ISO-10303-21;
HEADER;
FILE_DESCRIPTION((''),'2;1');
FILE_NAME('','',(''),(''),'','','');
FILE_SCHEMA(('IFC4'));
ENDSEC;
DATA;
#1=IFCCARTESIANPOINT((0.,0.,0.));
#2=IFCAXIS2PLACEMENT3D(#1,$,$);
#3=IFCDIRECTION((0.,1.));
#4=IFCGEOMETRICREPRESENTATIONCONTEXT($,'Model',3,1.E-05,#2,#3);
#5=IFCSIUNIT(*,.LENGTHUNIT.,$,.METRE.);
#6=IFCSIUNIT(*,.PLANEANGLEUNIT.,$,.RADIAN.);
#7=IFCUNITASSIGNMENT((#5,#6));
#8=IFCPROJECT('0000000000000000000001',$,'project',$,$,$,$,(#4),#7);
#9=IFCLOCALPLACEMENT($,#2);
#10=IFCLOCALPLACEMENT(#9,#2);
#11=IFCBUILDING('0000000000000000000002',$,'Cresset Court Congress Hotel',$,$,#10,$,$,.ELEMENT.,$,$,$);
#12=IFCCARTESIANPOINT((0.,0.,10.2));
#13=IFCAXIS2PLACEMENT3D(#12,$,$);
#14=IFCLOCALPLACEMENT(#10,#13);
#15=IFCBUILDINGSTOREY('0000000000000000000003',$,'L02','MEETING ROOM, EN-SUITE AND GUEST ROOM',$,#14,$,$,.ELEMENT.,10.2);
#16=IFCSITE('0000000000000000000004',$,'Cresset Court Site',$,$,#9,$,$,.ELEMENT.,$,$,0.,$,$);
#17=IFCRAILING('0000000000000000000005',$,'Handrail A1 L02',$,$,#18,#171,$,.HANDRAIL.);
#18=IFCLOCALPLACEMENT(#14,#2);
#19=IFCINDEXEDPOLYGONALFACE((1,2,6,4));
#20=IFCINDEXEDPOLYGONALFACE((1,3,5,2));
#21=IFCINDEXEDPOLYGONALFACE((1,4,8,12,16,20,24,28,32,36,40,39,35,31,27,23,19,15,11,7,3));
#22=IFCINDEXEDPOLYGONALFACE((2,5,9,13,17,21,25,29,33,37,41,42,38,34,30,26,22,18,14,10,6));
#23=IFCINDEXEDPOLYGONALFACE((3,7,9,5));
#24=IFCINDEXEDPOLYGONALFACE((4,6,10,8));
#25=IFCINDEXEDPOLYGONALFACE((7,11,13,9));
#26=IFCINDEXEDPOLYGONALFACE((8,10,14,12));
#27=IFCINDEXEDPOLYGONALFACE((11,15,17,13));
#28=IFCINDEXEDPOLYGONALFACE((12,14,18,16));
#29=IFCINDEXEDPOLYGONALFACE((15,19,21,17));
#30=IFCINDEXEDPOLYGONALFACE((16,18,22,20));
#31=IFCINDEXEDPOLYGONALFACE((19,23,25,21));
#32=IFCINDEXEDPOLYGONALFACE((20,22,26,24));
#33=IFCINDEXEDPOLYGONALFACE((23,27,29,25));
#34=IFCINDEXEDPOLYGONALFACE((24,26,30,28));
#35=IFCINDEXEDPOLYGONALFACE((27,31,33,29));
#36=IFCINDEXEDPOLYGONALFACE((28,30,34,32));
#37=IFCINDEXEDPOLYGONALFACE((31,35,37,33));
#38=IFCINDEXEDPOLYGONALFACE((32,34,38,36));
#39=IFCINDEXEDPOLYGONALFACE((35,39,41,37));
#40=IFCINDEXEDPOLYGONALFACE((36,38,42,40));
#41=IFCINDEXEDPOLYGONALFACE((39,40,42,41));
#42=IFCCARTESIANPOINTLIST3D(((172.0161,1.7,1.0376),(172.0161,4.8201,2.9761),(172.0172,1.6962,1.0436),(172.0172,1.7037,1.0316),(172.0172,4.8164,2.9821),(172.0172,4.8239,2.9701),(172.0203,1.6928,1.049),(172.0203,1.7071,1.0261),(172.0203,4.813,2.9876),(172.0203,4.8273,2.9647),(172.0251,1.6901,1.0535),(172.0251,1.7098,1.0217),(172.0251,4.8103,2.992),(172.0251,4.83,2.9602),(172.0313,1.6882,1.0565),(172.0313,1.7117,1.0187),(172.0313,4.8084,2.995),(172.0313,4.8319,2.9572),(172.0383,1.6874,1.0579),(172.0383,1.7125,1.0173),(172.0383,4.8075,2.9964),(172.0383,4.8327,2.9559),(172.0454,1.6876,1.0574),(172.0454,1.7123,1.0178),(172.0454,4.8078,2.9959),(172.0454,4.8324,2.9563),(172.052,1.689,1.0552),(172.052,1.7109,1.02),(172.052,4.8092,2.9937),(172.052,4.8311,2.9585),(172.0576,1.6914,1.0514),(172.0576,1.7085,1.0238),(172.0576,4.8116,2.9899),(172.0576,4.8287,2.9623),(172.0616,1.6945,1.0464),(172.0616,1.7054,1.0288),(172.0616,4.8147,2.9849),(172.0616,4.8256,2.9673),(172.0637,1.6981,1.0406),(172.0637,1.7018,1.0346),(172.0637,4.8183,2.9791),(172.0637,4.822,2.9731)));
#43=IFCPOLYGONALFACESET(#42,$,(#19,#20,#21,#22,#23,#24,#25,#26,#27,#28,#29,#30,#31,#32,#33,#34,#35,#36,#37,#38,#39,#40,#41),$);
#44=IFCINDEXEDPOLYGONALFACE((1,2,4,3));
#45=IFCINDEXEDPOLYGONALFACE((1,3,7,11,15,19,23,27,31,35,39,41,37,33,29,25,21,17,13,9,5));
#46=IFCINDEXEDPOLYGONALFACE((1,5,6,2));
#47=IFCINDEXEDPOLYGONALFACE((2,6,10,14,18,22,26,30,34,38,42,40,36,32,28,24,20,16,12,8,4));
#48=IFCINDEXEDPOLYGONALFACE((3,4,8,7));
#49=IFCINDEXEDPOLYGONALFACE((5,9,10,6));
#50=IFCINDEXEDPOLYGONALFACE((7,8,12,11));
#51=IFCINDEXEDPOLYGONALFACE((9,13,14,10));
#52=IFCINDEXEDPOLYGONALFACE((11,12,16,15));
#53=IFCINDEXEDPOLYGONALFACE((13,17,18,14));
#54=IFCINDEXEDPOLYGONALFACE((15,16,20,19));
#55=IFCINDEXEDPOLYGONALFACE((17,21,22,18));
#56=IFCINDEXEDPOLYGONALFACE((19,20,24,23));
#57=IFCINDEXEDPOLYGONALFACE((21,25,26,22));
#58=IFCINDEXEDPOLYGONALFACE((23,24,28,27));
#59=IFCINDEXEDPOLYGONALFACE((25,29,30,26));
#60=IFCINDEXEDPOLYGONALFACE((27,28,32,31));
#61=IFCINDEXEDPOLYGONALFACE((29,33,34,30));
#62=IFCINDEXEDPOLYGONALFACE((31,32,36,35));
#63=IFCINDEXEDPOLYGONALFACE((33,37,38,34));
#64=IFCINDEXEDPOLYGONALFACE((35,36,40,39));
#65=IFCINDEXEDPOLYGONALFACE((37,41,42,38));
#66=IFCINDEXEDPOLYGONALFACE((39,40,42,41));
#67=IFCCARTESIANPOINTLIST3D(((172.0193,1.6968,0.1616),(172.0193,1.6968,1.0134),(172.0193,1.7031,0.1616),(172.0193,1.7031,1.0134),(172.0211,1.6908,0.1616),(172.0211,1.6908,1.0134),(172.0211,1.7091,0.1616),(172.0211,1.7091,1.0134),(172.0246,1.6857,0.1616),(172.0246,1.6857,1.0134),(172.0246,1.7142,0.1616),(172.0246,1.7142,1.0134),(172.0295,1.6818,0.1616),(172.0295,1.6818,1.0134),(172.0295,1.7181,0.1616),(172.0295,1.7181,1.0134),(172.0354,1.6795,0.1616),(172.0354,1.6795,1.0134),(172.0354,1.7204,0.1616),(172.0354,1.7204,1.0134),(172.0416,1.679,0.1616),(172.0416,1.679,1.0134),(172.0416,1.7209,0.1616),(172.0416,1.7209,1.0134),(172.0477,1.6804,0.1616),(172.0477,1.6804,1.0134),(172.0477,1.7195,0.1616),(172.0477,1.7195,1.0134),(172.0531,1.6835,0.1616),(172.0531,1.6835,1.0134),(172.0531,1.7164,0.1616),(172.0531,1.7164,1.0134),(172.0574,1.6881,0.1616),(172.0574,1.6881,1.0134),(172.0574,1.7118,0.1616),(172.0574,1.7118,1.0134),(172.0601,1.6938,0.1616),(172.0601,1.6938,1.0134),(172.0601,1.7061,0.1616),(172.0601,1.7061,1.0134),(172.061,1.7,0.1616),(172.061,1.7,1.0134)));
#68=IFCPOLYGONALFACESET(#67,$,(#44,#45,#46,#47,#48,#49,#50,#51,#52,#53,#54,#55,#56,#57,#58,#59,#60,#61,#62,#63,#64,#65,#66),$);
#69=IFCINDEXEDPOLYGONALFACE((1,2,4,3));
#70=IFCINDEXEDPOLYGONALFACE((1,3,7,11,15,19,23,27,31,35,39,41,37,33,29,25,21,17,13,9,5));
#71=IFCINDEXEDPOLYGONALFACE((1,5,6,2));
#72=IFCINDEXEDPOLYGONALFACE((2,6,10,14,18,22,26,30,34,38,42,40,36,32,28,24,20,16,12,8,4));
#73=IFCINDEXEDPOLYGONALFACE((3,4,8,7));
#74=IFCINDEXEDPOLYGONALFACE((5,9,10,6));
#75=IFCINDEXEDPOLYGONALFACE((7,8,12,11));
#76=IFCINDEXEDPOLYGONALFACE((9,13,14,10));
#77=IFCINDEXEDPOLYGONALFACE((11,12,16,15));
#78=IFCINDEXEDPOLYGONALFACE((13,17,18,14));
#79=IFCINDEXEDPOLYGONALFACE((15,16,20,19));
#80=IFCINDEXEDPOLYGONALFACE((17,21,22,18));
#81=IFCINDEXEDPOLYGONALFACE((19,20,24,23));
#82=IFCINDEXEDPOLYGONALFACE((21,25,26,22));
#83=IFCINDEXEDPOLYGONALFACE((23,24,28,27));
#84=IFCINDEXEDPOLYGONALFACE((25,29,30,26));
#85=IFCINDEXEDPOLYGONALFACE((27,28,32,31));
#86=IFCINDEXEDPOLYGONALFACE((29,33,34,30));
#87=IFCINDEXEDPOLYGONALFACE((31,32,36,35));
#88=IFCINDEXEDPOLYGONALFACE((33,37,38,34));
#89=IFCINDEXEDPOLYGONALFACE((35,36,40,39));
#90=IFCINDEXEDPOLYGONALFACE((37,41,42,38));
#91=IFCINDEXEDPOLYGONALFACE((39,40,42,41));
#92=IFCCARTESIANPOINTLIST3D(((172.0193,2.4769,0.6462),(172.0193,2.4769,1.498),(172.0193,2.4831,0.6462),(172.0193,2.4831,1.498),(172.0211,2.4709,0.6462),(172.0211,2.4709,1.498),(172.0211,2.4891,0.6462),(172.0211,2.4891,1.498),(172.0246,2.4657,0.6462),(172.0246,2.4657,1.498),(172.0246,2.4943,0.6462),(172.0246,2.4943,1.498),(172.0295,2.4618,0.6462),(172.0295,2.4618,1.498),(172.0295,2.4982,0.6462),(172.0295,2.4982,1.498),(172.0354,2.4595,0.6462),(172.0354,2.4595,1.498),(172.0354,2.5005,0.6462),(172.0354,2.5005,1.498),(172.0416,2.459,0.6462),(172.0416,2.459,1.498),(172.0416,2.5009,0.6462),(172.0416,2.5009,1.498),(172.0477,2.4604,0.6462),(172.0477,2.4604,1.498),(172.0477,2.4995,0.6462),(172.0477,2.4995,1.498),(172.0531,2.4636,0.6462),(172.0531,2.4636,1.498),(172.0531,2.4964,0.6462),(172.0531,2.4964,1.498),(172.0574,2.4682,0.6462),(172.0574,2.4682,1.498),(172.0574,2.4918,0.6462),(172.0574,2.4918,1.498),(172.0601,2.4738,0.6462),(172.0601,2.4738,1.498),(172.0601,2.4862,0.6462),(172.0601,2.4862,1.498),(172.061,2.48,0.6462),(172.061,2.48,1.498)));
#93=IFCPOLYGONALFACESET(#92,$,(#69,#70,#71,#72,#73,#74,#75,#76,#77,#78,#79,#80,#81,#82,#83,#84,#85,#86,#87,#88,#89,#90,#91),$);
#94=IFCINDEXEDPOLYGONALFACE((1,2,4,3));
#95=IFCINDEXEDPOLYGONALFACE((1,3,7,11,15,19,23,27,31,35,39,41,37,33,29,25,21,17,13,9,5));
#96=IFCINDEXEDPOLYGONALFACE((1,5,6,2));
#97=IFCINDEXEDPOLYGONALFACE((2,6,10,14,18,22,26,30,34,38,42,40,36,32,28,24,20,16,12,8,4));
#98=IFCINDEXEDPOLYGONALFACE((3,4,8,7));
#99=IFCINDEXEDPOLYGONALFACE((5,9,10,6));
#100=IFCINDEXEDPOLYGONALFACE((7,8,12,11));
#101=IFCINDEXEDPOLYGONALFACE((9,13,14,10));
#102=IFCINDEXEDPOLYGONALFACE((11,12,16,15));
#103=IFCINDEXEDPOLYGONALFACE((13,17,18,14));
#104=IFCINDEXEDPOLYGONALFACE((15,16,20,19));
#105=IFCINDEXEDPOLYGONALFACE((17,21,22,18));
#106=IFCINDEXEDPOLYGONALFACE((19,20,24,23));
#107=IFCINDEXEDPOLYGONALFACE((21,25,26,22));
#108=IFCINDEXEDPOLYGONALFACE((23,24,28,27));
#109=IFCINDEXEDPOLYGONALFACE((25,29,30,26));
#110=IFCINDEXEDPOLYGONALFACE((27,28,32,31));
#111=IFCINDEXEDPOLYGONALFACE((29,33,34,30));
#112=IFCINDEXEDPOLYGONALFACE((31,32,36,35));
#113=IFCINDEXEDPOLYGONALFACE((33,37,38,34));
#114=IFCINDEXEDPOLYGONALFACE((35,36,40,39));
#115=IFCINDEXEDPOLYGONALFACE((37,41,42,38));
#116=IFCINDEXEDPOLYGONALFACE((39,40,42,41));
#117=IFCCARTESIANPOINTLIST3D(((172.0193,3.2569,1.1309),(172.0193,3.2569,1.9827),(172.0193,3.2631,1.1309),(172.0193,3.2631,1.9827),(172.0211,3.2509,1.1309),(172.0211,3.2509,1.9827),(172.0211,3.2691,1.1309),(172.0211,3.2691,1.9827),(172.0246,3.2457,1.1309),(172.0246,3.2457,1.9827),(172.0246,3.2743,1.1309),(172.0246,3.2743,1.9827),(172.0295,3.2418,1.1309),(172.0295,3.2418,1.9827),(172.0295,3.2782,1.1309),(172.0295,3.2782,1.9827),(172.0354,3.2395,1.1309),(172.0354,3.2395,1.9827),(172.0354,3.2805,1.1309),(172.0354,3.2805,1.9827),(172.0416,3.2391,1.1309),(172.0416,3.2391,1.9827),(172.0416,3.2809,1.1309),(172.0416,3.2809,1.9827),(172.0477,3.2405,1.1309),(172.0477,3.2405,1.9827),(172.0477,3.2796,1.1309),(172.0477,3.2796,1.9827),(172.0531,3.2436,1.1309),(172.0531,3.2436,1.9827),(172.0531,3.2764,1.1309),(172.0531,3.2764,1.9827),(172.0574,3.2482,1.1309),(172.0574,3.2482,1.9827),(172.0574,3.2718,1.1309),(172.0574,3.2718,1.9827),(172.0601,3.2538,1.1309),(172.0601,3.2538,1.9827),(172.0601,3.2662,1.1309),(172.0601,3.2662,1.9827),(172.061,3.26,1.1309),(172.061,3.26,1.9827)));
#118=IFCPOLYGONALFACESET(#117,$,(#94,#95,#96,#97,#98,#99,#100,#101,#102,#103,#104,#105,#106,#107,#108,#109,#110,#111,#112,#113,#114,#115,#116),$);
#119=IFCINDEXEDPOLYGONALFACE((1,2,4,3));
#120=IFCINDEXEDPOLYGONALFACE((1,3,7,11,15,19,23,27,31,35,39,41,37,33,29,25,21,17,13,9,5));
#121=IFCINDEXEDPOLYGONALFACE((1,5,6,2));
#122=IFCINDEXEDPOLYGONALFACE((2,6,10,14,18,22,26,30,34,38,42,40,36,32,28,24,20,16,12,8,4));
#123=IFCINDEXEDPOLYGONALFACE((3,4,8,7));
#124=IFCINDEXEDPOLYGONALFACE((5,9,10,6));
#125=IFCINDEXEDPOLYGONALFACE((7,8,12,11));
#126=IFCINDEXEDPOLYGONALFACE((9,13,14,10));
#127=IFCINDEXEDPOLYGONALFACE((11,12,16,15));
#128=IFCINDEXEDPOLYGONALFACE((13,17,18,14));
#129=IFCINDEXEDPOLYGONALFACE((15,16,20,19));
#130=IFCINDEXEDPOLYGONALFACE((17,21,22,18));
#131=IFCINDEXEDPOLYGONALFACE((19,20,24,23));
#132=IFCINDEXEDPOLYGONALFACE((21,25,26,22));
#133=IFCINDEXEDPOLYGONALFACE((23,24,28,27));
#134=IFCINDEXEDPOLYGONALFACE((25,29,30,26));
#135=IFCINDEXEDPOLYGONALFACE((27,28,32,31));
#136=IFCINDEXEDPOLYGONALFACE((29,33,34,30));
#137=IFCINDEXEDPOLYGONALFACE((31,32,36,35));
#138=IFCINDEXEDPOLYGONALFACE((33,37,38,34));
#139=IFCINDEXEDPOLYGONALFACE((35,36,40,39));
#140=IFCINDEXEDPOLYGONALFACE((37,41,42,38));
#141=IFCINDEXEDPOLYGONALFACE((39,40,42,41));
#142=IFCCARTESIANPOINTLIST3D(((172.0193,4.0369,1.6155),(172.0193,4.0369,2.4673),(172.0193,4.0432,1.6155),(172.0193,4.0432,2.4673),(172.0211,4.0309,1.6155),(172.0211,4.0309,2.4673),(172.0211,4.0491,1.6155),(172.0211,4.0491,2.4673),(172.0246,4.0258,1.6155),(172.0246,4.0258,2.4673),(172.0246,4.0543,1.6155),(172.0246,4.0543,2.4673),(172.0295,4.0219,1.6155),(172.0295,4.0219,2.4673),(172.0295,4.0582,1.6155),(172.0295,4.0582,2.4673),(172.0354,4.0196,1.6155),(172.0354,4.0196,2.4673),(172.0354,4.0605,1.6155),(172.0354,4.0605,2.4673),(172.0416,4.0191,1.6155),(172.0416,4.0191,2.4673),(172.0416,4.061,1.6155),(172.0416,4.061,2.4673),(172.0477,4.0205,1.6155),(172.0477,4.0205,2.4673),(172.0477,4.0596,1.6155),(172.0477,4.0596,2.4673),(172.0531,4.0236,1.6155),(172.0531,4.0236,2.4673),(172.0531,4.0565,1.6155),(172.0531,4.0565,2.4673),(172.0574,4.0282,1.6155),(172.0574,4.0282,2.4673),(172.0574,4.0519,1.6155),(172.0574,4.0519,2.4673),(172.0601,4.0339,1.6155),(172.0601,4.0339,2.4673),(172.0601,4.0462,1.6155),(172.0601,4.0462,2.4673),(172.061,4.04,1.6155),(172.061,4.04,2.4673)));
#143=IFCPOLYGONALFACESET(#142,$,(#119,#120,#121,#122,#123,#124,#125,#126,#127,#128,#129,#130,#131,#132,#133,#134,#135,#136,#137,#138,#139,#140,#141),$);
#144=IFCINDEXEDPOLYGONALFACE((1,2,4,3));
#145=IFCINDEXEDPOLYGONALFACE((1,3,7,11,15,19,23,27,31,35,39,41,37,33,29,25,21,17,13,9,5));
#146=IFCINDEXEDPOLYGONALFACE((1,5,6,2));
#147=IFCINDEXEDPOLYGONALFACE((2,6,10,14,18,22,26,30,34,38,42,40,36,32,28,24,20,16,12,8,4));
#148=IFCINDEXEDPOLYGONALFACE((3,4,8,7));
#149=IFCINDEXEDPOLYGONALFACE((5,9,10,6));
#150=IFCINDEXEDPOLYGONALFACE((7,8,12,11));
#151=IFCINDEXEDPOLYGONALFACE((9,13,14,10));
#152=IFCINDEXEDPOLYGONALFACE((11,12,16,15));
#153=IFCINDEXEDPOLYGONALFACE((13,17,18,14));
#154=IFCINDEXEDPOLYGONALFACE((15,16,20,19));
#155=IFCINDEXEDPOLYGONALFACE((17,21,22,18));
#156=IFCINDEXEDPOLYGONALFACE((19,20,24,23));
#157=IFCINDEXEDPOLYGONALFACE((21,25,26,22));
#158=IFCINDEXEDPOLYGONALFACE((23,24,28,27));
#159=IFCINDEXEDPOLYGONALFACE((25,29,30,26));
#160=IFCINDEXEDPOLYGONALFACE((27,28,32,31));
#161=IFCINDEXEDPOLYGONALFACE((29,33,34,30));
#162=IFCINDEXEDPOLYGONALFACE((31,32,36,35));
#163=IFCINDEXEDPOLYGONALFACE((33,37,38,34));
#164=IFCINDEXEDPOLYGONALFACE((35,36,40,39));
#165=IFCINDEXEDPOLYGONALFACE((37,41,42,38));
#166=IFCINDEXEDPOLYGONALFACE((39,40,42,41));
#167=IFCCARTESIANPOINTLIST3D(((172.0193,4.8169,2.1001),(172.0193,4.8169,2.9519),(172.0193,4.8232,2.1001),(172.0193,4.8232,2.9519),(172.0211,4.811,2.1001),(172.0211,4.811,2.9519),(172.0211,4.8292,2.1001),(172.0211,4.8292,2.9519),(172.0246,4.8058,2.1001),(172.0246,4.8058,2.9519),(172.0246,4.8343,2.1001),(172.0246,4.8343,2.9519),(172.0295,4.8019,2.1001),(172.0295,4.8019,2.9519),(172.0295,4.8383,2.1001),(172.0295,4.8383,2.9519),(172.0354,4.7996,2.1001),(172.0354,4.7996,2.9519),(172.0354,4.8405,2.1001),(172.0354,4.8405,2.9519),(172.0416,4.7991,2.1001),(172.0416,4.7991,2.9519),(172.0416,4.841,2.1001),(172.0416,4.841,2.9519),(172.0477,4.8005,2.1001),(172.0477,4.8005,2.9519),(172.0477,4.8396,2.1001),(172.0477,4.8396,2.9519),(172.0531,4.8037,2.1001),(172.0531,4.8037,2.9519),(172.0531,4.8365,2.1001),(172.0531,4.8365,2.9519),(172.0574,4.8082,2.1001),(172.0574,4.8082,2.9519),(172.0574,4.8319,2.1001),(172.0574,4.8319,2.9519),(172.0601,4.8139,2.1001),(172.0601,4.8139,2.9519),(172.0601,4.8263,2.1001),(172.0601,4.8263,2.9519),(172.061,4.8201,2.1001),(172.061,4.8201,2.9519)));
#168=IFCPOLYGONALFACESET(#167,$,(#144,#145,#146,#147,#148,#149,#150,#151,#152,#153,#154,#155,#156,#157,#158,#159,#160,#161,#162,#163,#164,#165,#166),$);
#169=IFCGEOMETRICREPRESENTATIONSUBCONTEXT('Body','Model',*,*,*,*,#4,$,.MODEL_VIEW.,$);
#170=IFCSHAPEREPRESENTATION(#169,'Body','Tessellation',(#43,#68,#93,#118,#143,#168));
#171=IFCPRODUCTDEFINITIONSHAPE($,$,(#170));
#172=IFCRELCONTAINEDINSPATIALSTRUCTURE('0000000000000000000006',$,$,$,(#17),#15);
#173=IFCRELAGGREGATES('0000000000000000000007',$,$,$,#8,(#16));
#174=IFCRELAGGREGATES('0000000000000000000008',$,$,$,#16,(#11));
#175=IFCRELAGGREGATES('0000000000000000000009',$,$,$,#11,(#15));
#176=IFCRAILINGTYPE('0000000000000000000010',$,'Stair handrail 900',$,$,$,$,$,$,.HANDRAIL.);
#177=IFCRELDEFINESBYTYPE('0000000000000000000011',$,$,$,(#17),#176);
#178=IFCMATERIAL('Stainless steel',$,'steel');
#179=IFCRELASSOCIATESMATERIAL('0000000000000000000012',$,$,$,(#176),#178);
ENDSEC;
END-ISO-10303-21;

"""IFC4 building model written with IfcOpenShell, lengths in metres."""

from ifc_helpers import new_model, si_unit, direction, frame, origin, origin_2d, place, context, subcontext, project, spatial, circle, extrude, material, type_object, element, save


model = new_model("IFC4")

# Units and contexts
model_context = context("Model", 3, precision=1e-05, world=origin(), true_north=direction((0.0, 1.0)))
body_context = subcontext(model_context, "Body", "Model", "MODEL_VIEW")
ifc_project = project(units=[si_unit("LENGTHUNIT", "METRE"), si_unit("PLANEANGLEUNIT", "RADIAN")], contexts=[model_context])

# Site, building, storey
site_placement = place(None, origin())
site = spatial("IfcSite", under=ifc_project, at=site_placement, Name="Cresset Court Site", CompositionType="ELEMENT", RefElevation=0.0)
building_placement = place(site_placement, origin())
building = spatial("IfcBuilding", under=site, at=building_placement, Name="Cresset Court Congress Hotel", CompositionType="ELEMENT")
storey_placement = place(building_placement, frame((0.0, 0.0, 10.2)))
storey = spatial("IfcBuildingStorey", under=building, at=storey_placement, Name="L02", Description="MEETING ROOM, EN-SUITE AND GUEST ROOM", CompositionType="ELEMENT", Elevation=10.2)

# Railing
ifc_material_1 = material(Name="Stainless steel", Category="steel")
railing_type_1 = type_object("IfcRailingType", Name="Stair handrail 900", PredefinedType="HANDRAIL", material=ifc_material_1)
railing_1_placement = place(storey_placement, frame((172.04, 1.7, 0.1616)))
element("IfcRailing", 1, at=railing_1_placement, inside=storey, type_object=railing_type_1, Name="Handrail A1 L02", PredefinedType="HANDRAIL", context=body_context, shape_type="SweptSolid", body=[
    extrude(circle(Radius=0.0239, at=origin_2d()), frame((0.0, 0.0, 0.876), z_axis=(0.0, 0.849414, 0.527727), x_axis=(-1.0, 0.0, 0.0)), (0.0, 0.0, 1.0), 3.6733),
    extrude(circle(Radius=0.021, at=origin_2d()), origin(), (0.0, 0.0, 1.0), 0.8518),
    extrude(circle(Radius=0.021, at=origin_2d()), frame((0.0, 0.78, 0.4846)), (0.0, 0.0, 1.0), 0.8518),
    extrude(circle(Radius=0.021, at=origin_2d()), frame((0.0, 1.5601, 0.9692)), (0.0, 0.0, 1.0), 0.8518),
    extrude(circle(Radius=0.021, at=origin_2d()), frame((0.0, 2.3401, 1.4539)), (0.0, 0.0, 1.0), 0.8518),
    extrude(circle(Radius=0.021, at=origin_2d()), frame((0.0, 3.1201, 1.9385)), (0.0, 0.0, 1.0), 0.8518),
])

save(model, "model.ifc")
